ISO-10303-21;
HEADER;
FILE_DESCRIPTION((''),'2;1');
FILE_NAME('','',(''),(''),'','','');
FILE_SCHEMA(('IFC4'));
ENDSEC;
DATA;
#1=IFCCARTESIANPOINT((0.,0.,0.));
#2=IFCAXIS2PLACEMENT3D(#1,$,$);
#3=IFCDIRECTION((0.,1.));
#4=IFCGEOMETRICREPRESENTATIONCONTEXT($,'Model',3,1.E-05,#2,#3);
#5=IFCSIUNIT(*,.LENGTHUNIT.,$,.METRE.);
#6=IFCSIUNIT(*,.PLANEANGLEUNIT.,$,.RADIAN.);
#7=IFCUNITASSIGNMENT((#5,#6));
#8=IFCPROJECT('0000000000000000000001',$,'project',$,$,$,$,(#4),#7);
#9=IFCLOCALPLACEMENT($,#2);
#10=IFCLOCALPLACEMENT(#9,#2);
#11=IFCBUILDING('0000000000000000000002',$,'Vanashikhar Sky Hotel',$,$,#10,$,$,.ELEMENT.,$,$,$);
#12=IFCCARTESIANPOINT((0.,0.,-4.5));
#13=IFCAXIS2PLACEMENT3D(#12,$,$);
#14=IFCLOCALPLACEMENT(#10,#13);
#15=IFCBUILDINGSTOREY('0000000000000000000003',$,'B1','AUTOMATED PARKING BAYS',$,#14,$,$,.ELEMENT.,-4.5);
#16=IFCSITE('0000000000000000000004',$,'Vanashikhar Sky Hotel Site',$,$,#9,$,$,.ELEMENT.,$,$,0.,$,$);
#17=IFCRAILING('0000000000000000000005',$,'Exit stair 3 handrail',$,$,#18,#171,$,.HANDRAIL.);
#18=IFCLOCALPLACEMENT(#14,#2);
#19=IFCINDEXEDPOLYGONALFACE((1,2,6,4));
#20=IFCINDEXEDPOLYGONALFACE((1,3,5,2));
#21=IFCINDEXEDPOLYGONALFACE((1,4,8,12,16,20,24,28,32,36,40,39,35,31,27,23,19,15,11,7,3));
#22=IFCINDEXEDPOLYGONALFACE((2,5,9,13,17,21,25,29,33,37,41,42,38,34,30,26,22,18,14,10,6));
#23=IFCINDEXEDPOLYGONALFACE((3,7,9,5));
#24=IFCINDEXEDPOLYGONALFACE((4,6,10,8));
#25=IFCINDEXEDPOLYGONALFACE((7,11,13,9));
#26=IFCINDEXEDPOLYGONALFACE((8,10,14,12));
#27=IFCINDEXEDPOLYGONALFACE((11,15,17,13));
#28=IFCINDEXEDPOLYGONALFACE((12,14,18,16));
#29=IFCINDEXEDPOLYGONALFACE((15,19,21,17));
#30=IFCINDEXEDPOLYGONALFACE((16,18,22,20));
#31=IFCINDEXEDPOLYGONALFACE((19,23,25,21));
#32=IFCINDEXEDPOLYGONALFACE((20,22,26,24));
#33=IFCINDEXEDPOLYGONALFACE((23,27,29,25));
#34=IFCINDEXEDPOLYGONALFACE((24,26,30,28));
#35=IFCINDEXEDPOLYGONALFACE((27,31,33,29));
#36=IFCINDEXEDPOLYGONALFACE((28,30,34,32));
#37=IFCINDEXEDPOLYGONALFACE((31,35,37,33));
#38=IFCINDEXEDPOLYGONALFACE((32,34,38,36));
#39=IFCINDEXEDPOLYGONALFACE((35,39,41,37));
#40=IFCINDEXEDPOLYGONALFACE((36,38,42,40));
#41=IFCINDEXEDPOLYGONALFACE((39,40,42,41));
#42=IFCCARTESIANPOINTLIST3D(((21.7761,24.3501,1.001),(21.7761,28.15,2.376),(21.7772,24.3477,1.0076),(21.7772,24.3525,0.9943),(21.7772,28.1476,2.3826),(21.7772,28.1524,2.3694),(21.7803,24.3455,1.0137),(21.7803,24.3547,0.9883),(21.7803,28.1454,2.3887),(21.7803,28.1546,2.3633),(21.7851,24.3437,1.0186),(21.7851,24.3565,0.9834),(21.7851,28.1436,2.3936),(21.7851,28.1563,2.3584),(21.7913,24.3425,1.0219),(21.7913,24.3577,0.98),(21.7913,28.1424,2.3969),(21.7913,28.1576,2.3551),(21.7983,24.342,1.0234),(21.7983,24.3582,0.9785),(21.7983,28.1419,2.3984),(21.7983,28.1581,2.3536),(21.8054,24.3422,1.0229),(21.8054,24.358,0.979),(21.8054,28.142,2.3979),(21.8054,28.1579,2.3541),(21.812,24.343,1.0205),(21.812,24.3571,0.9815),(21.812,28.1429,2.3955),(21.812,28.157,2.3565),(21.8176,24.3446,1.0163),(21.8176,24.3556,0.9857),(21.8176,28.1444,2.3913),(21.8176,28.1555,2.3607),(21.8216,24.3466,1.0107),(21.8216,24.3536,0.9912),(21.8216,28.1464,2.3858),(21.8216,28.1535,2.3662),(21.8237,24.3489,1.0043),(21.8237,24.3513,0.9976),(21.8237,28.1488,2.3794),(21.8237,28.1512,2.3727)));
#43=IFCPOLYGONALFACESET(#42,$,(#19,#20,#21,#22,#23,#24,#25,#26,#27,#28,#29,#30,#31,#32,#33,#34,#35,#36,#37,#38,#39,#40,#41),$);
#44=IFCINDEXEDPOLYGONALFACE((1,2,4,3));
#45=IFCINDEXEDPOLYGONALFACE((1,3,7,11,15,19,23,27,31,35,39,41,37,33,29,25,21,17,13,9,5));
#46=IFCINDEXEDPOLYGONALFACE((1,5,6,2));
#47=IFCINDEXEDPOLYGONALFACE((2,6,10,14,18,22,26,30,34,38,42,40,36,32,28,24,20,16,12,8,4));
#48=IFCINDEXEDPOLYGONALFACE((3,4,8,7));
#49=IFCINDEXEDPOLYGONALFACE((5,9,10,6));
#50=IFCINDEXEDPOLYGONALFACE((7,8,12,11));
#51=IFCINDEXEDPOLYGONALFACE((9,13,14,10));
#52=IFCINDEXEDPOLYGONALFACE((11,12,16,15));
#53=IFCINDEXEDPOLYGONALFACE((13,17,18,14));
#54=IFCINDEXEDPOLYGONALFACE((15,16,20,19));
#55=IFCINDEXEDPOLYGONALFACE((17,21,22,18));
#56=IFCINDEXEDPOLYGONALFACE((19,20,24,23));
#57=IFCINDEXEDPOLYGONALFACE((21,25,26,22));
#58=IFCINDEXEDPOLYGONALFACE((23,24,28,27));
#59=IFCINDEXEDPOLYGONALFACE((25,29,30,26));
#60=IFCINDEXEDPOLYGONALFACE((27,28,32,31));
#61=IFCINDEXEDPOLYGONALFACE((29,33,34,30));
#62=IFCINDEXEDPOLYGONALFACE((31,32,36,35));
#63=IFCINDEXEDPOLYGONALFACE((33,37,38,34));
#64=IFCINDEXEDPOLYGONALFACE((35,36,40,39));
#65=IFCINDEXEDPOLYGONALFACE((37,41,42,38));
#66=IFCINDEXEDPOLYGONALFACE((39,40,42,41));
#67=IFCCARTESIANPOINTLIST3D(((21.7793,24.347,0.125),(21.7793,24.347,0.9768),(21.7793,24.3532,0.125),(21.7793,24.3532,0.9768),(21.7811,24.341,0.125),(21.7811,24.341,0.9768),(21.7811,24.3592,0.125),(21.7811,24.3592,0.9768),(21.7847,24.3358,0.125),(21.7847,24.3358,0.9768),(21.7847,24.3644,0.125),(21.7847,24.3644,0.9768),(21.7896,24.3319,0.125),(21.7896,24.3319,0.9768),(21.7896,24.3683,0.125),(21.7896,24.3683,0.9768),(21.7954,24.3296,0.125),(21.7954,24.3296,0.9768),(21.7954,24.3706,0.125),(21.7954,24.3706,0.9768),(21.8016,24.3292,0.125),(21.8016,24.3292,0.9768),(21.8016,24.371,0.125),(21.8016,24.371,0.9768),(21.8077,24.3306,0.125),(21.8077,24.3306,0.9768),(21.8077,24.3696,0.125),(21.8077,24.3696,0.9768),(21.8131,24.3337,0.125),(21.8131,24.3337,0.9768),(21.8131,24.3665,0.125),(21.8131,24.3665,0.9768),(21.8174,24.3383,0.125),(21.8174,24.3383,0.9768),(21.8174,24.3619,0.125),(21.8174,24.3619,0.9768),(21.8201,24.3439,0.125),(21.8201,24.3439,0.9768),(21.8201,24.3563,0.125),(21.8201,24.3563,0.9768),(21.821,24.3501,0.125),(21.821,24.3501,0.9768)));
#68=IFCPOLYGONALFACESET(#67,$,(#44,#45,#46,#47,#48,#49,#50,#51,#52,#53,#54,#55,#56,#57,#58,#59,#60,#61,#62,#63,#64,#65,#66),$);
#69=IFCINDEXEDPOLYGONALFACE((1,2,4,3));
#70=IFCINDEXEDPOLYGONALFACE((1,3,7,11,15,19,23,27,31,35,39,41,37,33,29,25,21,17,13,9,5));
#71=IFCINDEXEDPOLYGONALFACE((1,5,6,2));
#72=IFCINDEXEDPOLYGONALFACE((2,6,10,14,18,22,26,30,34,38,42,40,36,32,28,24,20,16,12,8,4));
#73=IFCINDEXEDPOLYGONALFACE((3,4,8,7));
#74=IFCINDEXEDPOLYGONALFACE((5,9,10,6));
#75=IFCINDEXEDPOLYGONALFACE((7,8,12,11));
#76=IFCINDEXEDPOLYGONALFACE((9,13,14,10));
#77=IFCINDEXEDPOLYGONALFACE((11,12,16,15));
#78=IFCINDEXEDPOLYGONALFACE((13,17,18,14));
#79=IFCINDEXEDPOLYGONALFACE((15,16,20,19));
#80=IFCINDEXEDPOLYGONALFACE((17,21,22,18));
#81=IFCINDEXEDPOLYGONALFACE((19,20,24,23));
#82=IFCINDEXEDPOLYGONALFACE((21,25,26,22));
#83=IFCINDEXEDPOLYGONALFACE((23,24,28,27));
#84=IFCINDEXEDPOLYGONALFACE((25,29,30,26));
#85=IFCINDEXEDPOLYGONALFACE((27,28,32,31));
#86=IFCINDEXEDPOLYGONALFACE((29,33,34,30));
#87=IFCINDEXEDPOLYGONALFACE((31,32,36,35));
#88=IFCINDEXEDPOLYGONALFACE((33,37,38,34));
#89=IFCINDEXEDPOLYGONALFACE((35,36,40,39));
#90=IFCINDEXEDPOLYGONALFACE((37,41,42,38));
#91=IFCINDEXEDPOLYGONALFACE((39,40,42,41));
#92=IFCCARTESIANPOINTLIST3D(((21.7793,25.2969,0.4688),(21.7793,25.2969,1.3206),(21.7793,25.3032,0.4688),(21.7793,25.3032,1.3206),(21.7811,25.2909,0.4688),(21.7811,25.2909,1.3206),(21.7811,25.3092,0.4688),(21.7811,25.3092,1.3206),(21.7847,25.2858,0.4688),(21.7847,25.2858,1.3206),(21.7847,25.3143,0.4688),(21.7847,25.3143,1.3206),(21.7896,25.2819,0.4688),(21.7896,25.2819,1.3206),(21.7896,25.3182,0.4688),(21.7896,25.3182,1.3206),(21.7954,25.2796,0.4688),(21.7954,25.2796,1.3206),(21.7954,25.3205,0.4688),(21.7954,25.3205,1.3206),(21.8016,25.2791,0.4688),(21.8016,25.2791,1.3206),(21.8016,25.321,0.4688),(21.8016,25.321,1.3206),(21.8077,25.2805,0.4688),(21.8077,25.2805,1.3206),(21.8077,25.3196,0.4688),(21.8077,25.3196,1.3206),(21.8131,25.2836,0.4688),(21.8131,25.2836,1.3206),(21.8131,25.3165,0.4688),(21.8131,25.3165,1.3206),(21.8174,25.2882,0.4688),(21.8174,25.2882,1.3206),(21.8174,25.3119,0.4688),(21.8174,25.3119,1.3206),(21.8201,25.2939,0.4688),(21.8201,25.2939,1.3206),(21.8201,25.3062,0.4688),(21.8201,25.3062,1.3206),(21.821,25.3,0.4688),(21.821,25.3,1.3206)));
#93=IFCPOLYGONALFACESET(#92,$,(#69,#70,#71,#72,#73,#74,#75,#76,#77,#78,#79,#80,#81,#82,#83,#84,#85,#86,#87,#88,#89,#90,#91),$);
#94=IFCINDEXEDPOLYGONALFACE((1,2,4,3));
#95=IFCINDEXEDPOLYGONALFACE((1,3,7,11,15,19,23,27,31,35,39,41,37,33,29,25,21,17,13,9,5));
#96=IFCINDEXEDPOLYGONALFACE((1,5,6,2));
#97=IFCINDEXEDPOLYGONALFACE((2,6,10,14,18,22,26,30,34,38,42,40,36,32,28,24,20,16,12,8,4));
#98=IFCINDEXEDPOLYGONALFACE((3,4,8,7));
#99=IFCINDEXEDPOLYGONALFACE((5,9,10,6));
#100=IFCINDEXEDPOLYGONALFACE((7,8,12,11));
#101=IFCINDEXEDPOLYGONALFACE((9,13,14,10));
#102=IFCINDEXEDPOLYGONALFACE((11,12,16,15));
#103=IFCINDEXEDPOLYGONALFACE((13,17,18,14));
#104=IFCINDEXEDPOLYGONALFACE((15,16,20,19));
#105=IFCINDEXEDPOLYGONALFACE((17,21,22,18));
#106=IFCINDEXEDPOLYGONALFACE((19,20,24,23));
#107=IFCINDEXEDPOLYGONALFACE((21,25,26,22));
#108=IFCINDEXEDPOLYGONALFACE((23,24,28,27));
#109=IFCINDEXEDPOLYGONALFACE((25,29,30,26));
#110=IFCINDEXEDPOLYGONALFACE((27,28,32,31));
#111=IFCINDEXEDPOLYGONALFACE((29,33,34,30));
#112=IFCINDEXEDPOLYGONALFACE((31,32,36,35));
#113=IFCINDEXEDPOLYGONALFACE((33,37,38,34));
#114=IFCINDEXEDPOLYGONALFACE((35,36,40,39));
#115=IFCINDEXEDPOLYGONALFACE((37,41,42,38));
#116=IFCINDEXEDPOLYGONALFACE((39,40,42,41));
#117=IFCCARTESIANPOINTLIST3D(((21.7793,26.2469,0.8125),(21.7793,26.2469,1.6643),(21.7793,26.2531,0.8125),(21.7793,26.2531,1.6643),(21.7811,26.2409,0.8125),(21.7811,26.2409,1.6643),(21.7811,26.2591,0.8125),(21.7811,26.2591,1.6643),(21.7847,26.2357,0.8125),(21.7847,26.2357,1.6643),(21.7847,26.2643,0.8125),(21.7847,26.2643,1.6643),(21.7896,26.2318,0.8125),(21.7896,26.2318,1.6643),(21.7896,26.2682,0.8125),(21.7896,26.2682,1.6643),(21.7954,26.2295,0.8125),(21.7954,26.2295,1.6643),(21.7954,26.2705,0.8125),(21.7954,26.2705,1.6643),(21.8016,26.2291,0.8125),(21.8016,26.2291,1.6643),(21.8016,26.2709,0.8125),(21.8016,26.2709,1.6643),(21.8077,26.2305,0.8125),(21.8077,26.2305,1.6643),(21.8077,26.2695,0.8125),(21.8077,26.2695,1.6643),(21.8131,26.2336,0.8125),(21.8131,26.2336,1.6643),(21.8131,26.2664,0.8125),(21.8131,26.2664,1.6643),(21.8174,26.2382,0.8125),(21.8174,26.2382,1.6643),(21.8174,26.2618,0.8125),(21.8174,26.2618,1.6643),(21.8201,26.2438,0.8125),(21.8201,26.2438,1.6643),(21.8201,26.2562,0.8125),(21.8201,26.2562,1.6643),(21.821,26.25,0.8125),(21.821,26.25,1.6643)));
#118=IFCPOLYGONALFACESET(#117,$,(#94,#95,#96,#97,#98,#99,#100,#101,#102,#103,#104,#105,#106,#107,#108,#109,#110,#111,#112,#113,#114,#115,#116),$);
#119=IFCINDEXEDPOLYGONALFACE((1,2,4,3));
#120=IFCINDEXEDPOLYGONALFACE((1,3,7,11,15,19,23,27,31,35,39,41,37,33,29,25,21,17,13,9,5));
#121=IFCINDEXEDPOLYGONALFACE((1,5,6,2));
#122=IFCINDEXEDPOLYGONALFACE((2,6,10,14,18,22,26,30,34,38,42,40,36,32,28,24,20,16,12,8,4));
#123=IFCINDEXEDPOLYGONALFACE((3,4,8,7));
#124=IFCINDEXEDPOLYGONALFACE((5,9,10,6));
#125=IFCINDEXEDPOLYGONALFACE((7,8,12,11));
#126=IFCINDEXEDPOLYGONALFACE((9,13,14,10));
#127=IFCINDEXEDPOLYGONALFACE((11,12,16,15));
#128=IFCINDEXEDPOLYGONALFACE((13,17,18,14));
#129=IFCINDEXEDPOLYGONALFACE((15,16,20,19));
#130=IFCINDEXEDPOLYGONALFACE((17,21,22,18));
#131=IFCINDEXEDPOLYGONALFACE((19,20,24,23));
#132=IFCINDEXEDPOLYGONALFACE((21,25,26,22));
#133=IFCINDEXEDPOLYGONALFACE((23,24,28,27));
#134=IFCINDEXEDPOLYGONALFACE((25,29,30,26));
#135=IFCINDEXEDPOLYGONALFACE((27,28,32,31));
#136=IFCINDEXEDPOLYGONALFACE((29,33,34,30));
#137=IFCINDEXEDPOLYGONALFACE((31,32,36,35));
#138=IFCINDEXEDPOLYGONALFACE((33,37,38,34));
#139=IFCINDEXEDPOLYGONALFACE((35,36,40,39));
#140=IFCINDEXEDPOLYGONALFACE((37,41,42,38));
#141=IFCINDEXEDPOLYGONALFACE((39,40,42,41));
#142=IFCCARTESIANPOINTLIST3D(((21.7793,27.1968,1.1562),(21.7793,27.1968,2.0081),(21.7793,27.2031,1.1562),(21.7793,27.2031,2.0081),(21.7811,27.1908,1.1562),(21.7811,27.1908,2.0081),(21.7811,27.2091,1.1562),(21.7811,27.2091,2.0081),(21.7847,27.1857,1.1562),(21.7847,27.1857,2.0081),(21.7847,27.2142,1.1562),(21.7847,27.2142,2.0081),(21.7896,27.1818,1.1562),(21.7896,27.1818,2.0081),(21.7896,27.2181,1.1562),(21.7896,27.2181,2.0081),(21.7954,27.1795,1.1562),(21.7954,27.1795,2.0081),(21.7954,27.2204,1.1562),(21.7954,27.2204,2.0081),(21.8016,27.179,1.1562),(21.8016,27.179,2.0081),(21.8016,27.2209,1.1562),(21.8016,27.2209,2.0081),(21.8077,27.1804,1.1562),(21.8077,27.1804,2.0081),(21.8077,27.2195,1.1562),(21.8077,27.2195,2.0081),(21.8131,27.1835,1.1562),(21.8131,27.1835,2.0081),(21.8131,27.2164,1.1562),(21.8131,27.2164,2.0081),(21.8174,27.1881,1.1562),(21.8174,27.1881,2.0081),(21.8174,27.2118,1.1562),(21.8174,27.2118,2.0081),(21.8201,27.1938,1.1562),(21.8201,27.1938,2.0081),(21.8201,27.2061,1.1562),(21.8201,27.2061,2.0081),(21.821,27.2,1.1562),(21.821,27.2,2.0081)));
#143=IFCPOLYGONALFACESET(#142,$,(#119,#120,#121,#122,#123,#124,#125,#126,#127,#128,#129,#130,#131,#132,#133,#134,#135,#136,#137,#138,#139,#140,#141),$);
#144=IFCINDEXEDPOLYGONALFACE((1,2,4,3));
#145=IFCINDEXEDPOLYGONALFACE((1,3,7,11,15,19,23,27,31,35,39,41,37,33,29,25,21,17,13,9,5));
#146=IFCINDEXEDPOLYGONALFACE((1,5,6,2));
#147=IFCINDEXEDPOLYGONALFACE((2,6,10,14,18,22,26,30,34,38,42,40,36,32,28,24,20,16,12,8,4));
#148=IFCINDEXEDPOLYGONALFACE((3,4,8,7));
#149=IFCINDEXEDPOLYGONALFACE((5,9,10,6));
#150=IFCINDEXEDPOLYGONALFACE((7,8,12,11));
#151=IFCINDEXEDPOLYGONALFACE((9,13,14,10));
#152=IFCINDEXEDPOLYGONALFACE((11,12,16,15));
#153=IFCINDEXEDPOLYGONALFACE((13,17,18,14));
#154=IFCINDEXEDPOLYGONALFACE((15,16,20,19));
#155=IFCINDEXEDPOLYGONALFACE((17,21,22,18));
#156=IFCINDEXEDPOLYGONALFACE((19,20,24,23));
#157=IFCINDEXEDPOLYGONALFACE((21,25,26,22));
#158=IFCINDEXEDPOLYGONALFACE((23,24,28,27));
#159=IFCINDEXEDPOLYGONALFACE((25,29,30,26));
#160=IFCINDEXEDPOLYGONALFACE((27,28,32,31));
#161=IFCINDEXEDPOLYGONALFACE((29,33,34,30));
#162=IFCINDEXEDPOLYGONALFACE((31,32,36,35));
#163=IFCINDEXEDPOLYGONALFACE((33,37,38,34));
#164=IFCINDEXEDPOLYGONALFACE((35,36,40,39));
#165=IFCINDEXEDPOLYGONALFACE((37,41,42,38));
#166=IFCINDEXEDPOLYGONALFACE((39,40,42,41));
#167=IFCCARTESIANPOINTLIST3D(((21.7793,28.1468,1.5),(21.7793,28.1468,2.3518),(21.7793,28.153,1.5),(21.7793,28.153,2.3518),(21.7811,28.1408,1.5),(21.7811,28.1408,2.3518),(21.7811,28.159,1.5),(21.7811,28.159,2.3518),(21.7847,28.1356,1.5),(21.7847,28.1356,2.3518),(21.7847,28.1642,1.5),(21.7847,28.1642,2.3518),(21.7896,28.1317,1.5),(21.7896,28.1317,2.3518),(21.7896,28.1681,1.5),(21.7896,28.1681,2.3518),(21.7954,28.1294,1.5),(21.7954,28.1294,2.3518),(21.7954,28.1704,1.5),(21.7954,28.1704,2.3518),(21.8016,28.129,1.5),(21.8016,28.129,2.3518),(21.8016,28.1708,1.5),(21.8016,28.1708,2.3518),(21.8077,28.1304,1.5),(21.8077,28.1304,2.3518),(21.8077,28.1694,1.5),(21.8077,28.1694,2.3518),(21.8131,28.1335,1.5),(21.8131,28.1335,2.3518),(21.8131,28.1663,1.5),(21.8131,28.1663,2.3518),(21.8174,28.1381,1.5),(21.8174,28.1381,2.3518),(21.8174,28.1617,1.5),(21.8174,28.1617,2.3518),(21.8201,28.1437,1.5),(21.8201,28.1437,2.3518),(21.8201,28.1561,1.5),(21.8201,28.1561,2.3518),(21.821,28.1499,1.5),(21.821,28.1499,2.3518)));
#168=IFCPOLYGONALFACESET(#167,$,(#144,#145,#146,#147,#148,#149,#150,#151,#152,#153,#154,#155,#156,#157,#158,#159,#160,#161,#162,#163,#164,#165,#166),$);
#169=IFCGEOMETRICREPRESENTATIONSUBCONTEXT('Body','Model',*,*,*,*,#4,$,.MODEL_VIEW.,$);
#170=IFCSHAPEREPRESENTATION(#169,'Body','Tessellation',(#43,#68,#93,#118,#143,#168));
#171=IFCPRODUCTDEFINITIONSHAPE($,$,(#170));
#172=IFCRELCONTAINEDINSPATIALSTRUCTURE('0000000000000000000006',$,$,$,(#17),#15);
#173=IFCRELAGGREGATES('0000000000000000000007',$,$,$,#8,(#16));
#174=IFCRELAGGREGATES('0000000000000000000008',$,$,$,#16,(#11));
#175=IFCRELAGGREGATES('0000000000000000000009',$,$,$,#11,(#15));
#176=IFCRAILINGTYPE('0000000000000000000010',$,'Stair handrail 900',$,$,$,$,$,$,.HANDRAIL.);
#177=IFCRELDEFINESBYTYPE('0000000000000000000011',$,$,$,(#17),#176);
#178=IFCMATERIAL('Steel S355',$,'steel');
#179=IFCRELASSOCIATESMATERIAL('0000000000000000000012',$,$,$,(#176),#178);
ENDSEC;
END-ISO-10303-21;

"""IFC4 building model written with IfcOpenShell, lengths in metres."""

from ifc_helpers import new_model, si_unit, direction, frame, origin, origin_2d, place, context, subcontext, project, spatial, circle, extrude, source, transform, mapped, material, type_object, element, save


model = new_model("IFC4")

# Units and contexts
model_context = context("Model", 3, precision=1e-05, world=origin(), true_north=direction((0.0, 1.0)))
body_context = subcontext(model_context, "Body", "Model", "MODEL_VIEW")
ifc_project = project(units=[si_unit("LENGTHUNIT", "METRE"), si_unit("PLANEANGLEUNIT", "RADIAN")], contexts=[model_context])

# Site, building, storey
site_placement = place(None, origin())
site = spatial("IfcSite", under=ifc_project, at=site_placement, Name="Vanashikhar Sky Hotel Site", CompositionType="ELEMENT", RefElevation=0.0)
building_placement = place(site_placement, origin())
building = spatial("IfcBuilding", under=site, at=building_placement, Name="Vanashikhar Sky Hotel", CompositionType="ELEMENT")
storey_placement = place(building_placement, frame((0.0, 0.0, -4.5)))
storey = spatial("IfcBuildingStorey", under=building, at=storey_placement, Name="B1", Description="AUTOMATED PARKING BAYS", CompositionType="ELEMENT", Elevation=-4.5)

# Railing
ifc_material_1 = material(Name="Steel S355", Category="steel")
railing_type = type_object("IfcRailingType", Name="Stair handrail 900", PredefinedType="HANDRAIL", material=ifc_material_1)
shared_shape_1 = source(origin(), body_context, "Body", "SweptSolid", [
    extrude(circle(Radius=0.0239, at=origin_2d()), frame((0.0, 0.0, 0.876), z_axis=(0.0, 0.940329, 0.340268), x_axis=(-1.0, 0.0, 0.0)), (0.0, 0.0, 1.0), 4.041),
    extrude(circle(Radius=0.021, at=origin_2d()), origin(), (0.0, 0.0, 1.0), 0.8518),
    extrude(circle(Radius=0.021, at=origin_2d()), frame((0.0, 0.95, 0.3438)), (0.0, 0.0, 1.0), 0.8518),
    extrude(circle(Radius=0.021, at=origin_2d()), frame((0.0, 1.8999, 0.6875)), (0.0, 0.0, 1.0), 0.8518),
    extrude(circle(Radius=0.021, at=origin_2d()), frame((0.0, 2.8499, 1.0312)), (0.0, 0.0, 1.0), 0.8518),
    extrude(circle(Radius=0.021, at=origin_2d()), frame((0.0, 3.7998, 1.375)), (0.0, 0.0, 1.0), 0.8518),
])
for number, where, name in (
    (1, (21.8, 24.3501, 0.125), "Exit stair 3 handrail"),
):
    element("IfcRailing", number, at=place(storey_placement, frame(where)), inside=storey, type_object=railing_type, Name=name, PredefinedType="HANDRAIL", context=body_context, shape_type="MappedRepresentation", body=[
        mapped(shared_shape_1, transform((0.0, 0.0, 0.0), scale=1.0)),
    ])

save(model, "model.ifc")
